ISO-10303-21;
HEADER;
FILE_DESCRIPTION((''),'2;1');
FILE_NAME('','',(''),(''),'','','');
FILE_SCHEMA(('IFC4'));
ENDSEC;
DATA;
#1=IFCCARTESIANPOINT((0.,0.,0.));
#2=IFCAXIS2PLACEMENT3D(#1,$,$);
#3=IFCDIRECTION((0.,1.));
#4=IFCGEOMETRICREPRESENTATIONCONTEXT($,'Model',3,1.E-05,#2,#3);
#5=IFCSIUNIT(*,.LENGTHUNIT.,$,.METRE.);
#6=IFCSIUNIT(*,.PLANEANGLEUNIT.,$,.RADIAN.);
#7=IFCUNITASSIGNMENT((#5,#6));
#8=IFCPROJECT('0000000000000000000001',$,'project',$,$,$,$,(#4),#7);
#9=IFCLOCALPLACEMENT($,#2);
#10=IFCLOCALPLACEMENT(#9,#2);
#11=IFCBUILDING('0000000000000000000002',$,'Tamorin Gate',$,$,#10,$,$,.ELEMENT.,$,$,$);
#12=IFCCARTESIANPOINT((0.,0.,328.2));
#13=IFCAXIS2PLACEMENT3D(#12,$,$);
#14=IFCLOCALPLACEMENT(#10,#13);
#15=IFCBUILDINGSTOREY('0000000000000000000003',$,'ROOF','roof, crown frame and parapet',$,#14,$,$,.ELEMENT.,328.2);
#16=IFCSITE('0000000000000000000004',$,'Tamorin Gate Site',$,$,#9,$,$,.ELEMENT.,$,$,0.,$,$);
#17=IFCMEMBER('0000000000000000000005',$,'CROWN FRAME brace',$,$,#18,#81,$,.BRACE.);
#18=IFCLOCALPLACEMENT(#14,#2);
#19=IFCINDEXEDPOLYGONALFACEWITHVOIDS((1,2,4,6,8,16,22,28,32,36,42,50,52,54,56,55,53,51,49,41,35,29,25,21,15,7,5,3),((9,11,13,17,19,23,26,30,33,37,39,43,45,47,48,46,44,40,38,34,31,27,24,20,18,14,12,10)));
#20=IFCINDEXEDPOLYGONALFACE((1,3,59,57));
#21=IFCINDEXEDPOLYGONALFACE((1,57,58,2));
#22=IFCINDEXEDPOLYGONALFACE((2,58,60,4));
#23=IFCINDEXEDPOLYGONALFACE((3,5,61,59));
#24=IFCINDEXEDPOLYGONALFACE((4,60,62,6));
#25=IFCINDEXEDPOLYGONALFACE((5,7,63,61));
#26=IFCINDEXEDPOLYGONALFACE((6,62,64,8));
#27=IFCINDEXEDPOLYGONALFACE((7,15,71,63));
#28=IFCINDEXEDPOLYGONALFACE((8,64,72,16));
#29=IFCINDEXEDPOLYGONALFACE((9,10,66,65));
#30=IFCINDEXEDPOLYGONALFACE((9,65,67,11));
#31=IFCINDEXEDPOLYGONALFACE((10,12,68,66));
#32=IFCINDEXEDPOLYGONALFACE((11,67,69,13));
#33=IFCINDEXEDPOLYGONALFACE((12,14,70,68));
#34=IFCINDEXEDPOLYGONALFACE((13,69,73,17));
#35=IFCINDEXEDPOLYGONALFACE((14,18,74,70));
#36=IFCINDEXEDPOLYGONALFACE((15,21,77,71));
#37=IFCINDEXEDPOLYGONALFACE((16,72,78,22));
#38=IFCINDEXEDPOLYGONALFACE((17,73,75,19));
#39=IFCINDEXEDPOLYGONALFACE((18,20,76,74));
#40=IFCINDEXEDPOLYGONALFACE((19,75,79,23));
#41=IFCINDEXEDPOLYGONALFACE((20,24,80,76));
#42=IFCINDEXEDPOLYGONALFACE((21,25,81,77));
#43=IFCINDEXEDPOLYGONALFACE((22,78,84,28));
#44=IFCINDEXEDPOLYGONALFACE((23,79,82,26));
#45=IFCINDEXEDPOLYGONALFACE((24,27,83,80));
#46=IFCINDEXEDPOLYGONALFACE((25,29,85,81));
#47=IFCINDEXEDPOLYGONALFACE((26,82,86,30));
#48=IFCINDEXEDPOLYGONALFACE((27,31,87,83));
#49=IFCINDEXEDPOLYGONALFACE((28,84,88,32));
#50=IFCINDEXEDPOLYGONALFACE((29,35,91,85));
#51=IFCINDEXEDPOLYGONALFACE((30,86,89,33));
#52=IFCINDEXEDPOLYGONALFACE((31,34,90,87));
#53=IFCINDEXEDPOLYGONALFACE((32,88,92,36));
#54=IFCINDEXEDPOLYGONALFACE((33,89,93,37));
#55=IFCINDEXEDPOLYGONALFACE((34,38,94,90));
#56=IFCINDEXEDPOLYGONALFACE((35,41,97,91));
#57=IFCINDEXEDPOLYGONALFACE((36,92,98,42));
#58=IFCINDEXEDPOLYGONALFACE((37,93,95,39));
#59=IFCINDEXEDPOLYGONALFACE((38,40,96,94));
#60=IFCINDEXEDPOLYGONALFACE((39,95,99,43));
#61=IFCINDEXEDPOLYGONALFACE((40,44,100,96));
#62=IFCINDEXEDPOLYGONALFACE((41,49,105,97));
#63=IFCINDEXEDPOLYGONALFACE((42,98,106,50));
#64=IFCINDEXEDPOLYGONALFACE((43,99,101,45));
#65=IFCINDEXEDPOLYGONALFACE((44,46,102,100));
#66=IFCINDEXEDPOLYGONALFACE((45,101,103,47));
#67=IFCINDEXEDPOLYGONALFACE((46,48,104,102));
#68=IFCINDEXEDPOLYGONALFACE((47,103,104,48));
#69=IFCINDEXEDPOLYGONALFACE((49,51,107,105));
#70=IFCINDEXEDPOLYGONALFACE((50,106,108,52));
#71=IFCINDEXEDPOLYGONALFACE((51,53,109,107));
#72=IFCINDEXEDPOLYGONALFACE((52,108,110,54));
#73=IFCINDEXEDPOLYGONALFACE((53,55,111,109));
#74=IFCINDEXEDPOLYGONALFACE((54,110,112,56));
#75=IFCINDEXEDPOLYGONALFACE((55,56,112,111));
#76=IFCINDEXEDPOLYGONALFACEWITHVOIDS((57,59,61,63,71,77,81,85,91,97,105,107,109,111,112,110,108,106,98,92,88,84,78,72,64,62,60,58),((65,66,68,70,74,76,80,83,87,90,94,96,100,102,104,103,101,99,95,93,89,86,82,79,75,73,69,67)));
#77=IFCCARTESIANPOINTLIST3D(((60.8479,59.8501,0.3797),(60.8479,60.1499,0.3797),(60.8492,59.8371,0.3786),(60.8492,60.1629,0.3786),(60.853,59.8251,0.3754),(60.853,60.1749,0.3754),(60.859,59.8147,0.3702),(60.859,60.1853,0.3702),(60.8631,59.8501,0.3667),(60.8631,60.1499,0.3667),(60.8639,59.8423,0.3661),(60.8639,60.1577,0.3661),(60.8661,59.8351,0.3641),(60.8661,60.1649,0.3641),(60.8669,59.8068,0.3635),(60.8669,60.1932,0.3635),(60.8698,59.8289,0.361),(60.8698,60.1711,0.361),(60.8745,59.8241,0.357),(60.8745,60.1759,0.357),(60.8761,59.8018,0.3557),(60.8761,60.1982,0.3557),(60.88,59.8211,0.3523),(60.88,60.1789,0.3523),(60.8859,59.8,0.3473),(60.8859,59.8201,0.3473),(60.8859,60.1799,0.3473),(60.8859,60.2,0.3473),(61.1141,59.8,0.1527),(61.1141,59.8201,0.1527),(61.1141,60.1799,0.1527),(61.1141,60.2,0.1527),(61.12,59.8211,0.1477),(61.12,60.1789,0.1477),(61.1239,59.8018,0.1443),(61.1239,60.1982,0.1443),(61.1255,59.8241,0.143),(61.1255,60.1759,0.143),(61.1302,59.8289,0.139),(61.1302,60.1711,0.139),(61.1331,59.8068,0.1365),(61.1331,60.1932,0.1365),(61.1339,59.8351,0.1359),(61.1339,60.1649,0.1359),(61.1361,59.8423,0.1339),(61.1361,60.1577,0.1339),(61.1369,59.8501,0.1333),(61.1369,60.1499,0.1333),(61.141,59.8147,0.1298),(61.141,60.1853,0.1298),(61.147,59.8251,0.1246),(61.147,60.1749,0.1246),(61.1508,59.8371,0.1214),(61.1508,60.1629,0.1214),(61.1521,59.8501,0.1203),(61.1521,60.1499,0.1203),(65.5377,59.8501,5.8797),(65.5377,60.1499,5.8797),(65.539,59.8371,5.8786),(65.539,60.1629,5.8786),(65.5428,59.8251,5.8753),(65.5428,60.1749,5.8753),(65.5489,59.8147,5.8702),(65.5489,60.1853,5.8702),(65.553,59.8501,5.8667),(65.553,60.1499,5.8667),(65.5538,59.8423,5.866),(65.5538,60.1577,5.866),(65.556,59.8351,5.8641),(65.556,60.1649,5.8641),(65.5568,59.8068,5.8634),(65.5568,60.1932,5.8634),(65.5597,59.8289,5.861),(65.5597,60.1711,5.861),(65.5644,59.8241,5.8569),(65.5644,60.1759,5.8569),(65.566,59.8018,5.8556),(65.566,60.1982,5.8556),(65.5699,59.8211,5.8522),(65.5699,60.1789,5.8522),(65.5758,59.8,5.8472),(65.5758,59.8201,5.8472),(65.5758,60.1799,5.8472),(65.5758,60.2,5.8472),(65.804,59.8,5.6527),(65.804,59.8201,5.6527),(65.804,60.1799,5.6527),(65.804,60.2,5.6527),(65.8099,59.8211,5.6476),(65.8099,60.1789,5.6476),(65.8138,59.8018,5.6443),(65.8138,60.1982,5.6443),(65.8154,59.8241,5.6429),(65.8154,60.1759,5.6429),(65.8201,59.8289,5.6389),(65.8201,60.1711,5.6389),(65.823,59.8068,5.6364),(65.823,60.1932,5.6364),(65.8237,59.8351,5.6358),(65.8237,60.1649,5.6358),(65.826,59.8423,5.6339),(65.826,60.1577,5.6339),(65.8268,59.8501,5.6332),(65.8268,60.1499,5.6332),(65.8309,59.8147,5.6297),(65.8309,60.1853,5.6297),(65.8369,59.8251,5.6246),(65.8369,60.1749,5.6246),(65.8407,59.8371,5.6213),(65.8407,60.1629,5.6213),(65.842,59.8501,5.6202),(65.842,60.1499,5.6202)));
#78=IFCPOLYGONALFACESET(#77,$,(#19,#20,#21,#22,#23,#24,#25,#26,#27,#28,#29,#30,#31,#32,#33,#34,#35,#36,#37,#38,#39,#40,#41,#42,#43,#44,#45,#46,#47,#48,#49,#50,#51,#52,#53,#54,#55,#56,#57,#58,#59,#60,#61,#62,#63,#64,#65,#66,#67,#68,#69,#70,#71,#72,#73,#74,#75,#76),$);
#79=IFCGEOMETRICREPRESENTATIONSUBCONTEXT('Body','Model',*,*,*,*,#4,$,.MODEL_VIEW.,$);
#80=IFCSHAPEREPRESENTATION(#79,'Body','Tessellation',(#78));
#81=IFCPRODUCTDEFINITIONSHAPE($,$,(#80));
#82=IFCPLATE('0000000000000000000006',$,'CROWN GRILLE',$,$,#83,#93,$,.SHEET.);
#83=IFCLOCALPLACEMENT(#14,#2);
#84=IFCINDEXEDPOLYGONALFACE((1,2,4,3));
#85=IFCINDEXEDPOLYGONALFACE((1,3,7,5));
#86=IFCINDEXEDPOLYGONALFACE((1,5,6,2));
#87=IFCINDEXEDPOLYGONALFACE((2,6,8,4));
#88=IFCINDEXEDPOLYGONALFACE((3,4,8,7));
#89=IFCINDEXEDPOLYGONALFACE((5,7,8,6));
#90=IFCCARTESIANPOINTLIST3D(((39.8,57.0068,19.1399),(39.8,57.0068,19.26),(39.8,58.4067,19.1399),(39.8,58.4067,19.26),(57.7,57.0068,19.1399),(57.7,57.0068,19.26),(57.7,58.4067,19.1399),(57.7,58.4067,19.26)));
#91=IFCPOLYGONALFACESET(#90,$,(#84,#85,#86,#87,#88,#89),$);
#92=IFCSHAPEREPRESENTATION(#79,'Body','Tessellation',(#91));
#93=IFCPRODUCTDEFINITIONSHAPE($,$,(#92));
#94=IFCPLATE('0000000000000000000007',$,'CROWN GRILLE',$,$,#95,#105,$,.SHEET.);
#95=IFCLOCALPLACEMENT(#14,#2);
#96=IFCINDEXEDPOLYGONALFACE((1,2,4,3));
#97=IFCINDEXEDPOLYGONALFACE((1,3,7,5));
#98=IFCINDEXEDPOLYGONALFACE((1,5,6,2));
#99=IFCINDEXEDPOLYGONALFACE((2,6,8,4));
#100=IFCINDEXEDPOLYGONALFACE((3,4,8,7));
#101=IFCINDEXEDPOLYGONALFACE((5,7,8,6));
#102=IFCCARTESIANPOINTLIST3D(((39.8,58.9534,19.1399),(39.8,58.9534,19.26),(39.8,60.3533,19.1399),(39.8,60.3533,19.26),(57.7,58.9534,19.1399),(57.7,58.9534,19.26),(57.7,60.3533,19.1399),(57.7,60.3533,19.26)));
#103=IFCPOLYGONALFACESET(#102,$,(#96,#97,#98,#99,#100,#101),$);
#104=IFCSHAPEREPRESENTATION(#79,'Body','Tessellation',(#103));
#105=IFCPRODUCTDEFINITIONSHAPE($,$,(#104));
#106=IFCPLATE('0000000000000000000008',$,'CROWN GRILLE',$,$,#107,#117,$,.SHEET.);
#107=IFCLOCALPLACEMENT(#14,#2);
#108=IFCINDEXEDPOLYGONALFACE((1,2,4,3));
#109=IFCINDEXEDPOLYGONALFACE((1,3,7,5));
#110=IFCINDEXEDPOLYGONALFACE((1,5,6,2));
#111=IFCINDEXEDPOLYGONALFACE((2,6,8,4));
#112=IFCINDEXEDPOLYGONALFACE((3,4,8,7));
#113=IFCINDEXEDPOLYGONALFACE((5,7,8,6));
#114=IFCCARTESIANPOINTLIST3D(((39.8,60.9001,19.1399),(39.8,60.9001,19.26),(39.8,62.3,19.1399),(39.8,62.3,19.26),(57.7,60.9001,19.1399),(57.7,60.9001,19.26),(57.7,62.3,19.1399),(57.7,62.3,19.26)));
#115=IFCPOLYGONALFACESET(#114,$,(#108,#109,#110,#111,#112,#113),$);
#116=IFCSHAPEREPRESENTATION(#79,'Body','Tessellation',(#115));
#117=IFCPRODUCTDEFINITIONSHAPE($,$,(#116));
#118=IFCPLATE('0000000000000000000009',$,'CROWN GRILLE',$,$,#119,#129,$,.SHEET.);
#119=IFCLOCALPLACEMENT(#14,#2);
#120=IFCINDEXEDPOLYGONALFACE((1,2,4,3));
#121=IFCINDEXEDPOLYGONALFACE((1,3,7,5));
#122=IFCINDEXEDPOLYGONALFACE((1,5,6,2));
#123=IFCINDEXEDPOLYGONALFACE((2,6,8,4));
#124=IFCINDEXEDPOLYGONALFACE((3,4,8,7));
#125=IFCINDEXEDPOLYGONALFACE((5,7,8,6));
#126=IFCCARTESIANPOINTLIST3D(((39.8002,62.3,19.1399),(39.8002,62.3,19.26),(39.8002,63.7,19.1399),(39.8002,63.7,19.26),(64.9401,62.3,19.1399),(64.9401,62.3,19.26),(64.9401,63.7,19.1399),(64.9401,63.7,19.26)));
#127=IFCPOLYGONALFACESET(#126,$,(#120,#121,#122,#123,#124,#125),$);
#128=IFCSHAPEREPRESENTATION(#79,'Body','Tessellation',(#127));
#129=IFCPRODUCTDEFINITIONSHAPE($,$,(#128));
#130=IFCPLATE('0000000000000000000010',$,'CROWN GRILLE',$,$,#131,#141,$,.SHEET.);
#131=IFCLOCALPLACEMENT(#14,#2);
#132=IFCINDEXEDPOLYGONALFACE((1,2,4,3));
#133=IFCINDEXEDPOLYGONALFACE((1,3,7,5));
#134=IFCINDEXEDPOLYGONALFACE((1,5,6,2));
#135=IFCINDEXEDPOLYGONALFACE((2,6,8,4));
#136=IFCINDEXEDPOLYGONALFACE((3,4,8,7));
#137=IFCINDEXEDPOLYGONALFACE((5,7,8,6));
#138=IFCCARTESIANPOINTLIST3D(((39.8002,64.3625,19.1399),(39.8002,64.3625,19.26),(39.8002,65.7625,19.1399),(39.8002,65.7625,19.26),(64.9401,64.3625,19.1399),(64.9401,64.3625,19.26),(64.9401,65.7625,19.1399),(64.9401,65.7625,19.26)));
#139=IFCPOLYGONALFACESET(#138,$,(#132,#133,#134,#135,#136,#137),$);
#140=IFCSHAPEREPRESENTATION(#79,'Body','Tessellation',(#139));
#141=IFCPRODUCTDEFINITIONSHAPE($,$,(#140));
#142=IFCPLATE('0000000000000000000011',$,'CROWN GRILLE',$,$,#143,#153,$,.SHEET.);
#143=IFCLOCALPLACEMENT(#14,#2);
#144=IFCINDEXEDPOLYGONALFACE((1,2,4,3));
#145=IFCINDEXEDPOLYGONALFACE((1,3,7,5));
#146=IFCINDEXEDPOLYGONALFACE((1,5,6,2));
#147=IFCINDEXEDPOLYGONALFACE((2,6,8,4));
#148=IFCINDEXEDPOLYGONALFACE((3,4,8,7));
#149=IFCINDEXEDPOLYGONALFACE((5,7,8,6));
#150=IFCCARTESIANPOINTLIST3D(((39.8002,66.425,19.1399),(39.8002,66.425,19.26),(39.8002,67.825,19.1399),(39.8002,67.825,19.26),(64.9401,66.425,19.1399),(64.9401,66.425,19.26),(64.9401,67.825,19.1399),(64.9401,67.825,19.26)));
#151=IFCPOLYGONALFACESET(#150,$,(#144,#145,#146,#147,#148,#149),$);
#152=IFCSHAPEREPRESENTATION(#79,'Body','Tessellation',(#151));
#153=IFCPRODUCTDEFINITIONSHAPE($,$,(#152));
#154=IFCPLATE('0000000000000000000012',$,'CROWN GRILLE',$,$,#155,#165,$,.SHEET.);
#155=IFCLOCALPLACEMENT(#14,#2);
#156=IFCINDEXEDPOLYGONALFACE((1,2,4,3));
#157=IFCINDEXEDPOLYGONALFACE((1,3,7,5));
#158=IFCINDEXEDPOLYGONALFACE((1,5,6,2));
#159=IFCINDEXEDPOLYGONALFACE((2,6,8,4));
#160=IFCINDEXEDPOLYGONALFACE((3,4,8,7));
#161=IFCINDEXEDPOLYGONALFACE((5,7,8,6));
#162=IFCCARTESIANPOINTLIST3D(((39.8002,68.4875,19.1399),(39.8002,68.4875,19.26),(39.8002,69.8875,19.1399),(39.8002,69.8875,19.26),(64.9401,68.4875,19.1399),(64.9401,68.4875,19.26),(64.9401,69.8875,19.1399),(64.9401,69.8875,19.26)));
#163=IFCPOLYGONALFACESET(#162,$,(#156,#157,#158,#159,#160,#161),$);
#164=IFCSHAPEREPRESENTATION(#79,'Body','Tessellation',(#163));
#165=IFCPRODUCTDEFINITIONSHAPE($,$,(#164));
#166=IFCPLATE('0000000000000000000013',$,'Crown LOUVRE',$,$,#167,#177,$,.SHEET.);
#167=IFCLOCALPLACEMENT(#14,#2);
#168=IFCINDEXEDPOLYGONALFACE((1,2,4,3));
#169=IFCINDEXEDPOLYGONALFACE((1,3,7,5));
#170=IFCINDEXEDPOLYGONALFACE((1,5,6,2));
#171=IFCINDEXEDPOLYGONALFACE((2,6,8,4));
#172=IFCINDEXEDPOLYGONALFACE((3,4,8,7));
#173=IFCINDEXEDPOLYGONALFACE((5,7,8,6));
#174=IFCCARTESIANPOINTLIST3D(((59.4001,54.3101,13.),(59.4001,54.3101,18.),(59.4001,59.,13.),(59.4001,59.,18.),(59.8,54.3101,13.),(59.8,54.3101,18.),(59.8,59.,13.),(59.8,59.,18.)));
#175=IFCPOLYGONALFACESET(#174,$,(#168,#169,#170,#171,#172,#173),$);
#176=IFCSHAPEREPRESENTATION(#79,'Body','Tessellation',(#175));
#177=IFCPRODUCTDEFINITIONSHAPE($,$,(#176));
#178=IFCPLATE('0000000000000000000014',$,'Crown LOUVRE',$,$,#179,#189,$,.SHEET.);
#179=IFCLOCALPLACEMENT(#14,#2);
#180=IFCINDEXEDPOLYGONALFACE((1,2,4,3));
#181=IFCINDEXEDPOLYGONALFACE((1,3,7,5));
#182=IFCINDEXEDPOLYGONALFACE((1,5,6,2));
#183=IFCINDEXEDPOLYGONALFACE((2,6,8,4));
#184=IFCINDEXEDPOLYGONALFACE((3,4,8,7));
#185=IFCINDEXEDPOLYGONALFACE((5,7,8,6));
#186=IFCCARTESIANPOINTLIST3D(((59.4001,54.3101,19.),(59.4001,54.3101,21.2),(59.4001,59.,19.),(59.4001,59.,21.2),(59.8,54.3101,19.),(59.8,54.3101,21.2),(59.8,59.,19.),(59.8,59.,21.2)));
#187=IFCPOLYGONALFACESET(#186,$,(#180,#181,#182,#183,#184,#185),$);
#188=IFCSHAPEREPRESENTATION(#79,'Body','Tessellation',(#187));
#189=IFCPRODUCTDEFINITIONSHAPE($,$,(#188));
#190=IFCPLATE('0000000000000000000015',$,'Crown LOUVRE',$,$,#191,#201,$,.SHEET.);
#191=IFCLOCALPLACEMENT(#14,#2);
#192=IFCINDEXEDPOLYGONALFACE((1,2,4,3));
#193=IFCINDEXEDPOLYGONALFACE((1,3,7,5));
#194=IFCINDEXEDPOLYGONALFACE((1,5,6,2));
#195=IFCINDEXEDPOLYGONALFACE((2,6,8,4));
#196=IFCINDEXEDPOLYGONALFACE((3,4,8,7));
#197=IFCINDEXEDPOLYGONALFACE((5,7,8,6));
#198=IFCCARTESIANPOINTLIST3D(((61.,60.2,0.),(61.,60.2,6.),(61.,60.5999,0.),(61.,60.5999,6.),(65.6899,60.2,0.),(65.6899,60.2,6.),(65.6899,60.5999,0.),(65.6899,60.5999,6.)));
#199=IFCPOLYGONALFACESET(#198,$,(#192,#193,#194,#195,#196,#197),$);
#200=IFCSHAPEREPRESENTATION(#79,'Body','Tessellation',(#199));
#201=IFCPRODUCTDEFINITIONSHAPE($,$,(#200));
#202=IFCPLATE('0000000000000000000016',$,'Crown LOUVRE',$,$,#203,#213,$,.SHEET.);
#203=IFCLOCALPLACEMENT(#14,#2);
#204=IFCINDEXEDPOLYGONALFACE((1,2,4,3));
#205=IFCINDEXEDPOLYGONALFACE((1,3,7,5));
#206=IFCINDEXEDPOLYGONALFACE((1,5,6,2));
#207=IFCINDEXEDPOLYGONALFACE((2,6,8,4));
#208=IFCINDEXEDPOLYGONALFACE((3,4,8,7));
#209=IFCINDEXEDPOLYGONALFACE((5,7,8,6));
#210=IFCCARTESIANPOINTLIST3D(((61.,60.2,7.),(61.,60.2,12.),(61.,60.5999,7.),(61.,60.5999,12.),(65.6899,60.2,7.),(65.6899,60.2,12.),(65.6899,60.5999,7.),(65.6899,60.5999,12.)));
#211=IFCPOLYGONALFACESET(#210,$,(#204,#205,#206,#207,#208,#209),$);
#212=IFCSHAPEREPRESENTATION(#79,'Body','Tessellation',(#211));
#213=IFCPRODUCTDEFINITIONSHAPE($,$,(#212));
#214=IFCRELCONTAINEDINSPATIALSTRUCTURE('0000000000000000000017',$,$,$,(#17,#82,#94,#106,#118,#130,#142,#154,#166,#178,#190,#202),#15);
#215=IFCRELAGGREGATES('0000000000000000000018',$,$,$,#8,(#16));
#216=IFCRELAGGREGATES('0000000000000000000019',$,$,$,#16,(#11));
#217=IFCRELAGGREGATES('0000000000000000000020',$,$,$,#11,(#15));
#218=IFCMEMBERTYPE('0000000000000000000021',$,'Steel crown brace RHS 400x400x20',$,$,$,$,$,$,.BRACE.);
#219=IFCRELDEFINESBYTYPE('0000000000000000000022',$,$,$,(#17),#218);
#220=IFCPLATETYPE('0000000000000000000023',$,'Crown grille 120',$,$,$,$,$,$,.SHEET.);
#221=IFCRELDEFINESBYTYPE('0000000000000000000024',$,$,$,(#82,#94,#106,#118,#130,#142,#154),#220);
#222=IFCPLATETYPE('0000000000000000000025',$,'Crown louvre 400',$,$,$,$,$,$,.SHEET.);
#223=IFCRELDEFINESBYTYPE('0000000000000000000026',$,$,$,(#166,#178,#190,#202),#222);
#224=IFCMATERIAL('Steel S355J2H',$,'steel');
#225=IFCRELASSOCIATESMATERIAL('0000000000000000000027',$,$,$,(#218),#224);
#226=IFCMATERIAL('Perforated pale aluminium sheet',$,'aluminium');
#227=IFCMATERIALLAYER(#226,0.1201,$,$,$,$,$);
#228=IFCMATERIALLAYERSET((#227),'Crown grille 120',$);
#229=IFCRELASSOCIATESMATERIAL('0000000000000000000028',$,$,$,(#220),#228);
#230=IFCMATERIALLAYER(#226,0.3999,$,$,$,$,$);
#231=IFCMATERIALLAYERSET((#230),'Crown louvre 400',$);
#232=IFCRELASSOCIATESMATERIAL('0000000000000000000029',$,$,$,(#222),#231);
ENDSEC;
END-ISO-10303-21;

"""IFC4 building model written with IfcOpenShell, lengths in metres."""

from ifc_helpers import new_model, si_unit, direction, frame, origin, origin_2d, place, context, subcontext, project, spatial, rectangle, hollow_rectangle, extrude, material, layer, layer_set, material_profile, profile_set, type_object, element, save


model = new_model("IFC4")

# Units and contexts
model_context = context("Model", 3, precision=1e-05, world=origin(), true_north=direction((0.0, 1.0)))
body_context = subcontext(model_context, "Body", "Model", "MODEL_VIEW")
ifc_project = project(units=[si_unit("LENGTHUNIT", "METRE"), si_unit("PLANEANGLEUNIT", "RADIAN")], contexts=[model_context])

# Site, building, storey
site_placement = place(None, origin())
site = spatial("IfcSite", under=ifc_project, at=site_placement, Name="Tamorin Gate Site", CompositionType="ELEMENT", RefElevation=0.0)
building_placement = place(site_placement, origin())
building = spatial("IfcBuilding", under=site, at=building_placement, Name="Tamorin Gate", CompositionType="ELEMENT")
storey_placement = place(building_placement, frame((0.0, 0.0, 328.2)))
storey = spatial("IfcBuildingStorey", under=building, at=storey_placement, Name="ROOF", Description="roof, crown frame and parapet", CompositionType="ELEMENT", Elevation=328.2)

# Member
ifc_material_1 = material(Name="Steel S355J2H", Category="steel")
ifc_material_profile_1 = material_profile(ifc_material_1, hollow_rectangle(XDim=0.3999, YDim=0.3999, WallThickness=0.02, InnerFilletRadius=0.03, OuterFilletRadius=0.05, at=origin_2d()), Name="RHS 400x400x20")
ifc_profile_set_1 = profile_set([ifc_material_profile_1], Name="Steel S355J2H")
member_type = type_object("IfcMemberType", Name="Steel crown brace RHS 400x400x20", PredefinedType="BRACE", material=ifc_profile_set_1)
for number, where, z_axis, x_axis, name in (
    (1, (61.0, 60.0, 0.25), (0.648848, 0.0, 0.760918), (0.0, 1.0, 0.0), "CROWN FRAME brace"),
):
    element("IfcMember", number, at=place(storey_placement, frame(where, z_axis=z_axis, x_axis=x_axis)), inside=storey, type_object=member_type, Name=name, PredefinedType="BRACE", context=body_context, shape_type="SweptSolid", body=[
        extrude(hollow_rectangle(XDim=0.3999, YDim=0.3999, WallThickness=0.02, InnerFilletRadius=0.03, OuterFilletRadius=0.05, at=origin_2d()), origin(), (0.0, 0.0, 1.0), 7.228),
    ])

# Plates
ifc_material_2 = material(Name="Perforated pale aluminium sheet", Category="aluminium")
ifc_layer_1 = layer(ifc_material_2, 0.1201)
ifc_layer_set_1 = layer_set([ifc_layer_1], Name="Crown grille 120")
plate_type_1 = type_object("IfcPlateType", Name="Crown grille 120", PredefinedType="SHEET", material=ifc_layer_set_1)
for number, where, z_axis, x_axis, name in (
    (2, (48.75, 57.7068, 19.1399), (0.0, 0.0, 1.0), (1.0, 0.0, 0.0), "CROWN GRILLE"),
    (3, (48.75, 59.6533, 19.1399), (0.0, 0.0, 1.0), (1.0, 0.0, 0.0), "CROWN GRILLE"),
    (4, (48.75, 61.6001, 19.1399), (0.0, 0.0, 1.0), (1.0, 0.0, 0.0), "CROWN GRILLE"),
):
    element("IfcPlate", number, at=place(storey_placement, frame(where, z_axis=z_axis, x_axis=x_axis)), inside=storey, type_object=plate_type_1, Name=name, PredefinedType="SHEET", context=body_context, shape_type="SweptSolid", body=[
        extrude(rectangle(XDim=17.8999, YDim=1.3999, at=origin_2d()), origin(), (0.0, 0.0, 1.0), 0.1201),
    ])
for number, where, z_axis, x_axis, name in (
    (5, (52.3701, 63.0, 19.1399), (0.0, 0.0, 1.0), (1.0, 0.0, 0.0), "CROWN GRILLE"),
    (6, (52.3701, 65.0625, 19.1399), (0.0, 0.0, 1.0), (1.0, 0.0, 0.0), "CROWN GRILLE"),
    (7, (52.3701, 67.125, 19.1399), (0.0, 0.0, 1.0), (1.0, 0.0, 0.0), "CROWN GRILLE"),
    (8, (52.3701, 69.1875, 19.1399), (0.0, 0.0, 1.0), (1.0, 0.0, 0.0), "CROWN GRILLE"),
):
    element("IfcPlate", number, at=place(storey_placement, frame(where, z_axis=z_axis, x_axis=x_axis)), inside=storey, type_object=plate_type_1, Name=name, PredefinedType="SHEET", context=body_context, shape_type="SweptSolid", body=[
        extrude(rectangle(XDim=25.1399, YDim=1.3999, at=origin_2d()), origin(), (0.0, 0.0, 1.0), 0.1201),
    ])
ifc_layer_2 = layer(ifc_material_2, 0.3999)
ifc_layer_set_2 = layer_set([ifc_layer_2], Name="Crown louvre 400")
plate_type_2 = type_object("IfcPlateType", Name="Crown louvre 400", PredefinedType="SHEET", material=ifc_layer_set_2)
plate_1_placement = place(storey_placement, frame((59.6001, 56.655, 13.0), z_axis=(0.0, 0.0, 1.0), x_axis=(0.0, 1.0, 0.0)))
element("IfcPlate", 9, at=plate_1_placement, inside=storey, type_object=plate_type_2, Name="Crown LOUVRE", PredefinedType="SHEET", context=body_context, shape_type="SweptSolid", body=[
    extrude(rectangle(XDim=4.6899, YDim=0.3999, at=origin_2d()), origin(), (0.0, 0.0, 1.0), 5.0),
])
plate_2_placement = place(storey_placement, frame((59.6001, 56.655, 19.0), z_axis=(0.0, 0.0, 1.0), x_axis=(0.0, 1.0, 0.0)))
element("IfcPlate", 10, at=plate_2_placement, inside=storey, type_object=plate_type_2, Name="Crown LOUVRE", PredefinedType="SHEET", context=body_context, shape_type="SweptSolid", body=[
    extrude(rectangle(XDim=4.6899, YDim=0.3999, at=origin_2d()), origin(), (0.0, 0.0, 1.0), 2.2),
])
plate_3_placement = place(storey_placement, frame((63.345, 60.3999, 0.0), z_axis=(0.0, 0.0, 1.0), x_axis=(1.0, 0.0, 0.0)))
element("IfcPlate", 11, at=plate_3_placement, inside=storey, type_object=plate_type_2, Name="Crown LOUVRE", PredefinedType="SHEET", context=body_context, shape_type="SweptSolid", body=[
    extrude(rectangle(XDim=4.6899, YDim=0.3999, at=origin_2d()), origin(), (0.0, 0.0, 1.0), 6.0),
])
plate_4_placement = place(storey_placement, frame((63.345, 60.3999, 7.0), z_axis=(0.0, 0.0, 1.0), x_axis=(1.0, 0.0, 0.0)))
element("IfcPlate", 12, at=plate_4_placement, inside=storey, type_object=plate_type_2, Name="Crown LOUVRE", PredefinedType="SHEET", context=body_context, shape_type="SweptSolid", body=[
    extrude(rectangle(XDim=4.6899, YDim=0.3999, at=origin_2d()), origin(), (0.0, 0.0, 1.0), 5.0),
])

save(model, "model.ifc")
